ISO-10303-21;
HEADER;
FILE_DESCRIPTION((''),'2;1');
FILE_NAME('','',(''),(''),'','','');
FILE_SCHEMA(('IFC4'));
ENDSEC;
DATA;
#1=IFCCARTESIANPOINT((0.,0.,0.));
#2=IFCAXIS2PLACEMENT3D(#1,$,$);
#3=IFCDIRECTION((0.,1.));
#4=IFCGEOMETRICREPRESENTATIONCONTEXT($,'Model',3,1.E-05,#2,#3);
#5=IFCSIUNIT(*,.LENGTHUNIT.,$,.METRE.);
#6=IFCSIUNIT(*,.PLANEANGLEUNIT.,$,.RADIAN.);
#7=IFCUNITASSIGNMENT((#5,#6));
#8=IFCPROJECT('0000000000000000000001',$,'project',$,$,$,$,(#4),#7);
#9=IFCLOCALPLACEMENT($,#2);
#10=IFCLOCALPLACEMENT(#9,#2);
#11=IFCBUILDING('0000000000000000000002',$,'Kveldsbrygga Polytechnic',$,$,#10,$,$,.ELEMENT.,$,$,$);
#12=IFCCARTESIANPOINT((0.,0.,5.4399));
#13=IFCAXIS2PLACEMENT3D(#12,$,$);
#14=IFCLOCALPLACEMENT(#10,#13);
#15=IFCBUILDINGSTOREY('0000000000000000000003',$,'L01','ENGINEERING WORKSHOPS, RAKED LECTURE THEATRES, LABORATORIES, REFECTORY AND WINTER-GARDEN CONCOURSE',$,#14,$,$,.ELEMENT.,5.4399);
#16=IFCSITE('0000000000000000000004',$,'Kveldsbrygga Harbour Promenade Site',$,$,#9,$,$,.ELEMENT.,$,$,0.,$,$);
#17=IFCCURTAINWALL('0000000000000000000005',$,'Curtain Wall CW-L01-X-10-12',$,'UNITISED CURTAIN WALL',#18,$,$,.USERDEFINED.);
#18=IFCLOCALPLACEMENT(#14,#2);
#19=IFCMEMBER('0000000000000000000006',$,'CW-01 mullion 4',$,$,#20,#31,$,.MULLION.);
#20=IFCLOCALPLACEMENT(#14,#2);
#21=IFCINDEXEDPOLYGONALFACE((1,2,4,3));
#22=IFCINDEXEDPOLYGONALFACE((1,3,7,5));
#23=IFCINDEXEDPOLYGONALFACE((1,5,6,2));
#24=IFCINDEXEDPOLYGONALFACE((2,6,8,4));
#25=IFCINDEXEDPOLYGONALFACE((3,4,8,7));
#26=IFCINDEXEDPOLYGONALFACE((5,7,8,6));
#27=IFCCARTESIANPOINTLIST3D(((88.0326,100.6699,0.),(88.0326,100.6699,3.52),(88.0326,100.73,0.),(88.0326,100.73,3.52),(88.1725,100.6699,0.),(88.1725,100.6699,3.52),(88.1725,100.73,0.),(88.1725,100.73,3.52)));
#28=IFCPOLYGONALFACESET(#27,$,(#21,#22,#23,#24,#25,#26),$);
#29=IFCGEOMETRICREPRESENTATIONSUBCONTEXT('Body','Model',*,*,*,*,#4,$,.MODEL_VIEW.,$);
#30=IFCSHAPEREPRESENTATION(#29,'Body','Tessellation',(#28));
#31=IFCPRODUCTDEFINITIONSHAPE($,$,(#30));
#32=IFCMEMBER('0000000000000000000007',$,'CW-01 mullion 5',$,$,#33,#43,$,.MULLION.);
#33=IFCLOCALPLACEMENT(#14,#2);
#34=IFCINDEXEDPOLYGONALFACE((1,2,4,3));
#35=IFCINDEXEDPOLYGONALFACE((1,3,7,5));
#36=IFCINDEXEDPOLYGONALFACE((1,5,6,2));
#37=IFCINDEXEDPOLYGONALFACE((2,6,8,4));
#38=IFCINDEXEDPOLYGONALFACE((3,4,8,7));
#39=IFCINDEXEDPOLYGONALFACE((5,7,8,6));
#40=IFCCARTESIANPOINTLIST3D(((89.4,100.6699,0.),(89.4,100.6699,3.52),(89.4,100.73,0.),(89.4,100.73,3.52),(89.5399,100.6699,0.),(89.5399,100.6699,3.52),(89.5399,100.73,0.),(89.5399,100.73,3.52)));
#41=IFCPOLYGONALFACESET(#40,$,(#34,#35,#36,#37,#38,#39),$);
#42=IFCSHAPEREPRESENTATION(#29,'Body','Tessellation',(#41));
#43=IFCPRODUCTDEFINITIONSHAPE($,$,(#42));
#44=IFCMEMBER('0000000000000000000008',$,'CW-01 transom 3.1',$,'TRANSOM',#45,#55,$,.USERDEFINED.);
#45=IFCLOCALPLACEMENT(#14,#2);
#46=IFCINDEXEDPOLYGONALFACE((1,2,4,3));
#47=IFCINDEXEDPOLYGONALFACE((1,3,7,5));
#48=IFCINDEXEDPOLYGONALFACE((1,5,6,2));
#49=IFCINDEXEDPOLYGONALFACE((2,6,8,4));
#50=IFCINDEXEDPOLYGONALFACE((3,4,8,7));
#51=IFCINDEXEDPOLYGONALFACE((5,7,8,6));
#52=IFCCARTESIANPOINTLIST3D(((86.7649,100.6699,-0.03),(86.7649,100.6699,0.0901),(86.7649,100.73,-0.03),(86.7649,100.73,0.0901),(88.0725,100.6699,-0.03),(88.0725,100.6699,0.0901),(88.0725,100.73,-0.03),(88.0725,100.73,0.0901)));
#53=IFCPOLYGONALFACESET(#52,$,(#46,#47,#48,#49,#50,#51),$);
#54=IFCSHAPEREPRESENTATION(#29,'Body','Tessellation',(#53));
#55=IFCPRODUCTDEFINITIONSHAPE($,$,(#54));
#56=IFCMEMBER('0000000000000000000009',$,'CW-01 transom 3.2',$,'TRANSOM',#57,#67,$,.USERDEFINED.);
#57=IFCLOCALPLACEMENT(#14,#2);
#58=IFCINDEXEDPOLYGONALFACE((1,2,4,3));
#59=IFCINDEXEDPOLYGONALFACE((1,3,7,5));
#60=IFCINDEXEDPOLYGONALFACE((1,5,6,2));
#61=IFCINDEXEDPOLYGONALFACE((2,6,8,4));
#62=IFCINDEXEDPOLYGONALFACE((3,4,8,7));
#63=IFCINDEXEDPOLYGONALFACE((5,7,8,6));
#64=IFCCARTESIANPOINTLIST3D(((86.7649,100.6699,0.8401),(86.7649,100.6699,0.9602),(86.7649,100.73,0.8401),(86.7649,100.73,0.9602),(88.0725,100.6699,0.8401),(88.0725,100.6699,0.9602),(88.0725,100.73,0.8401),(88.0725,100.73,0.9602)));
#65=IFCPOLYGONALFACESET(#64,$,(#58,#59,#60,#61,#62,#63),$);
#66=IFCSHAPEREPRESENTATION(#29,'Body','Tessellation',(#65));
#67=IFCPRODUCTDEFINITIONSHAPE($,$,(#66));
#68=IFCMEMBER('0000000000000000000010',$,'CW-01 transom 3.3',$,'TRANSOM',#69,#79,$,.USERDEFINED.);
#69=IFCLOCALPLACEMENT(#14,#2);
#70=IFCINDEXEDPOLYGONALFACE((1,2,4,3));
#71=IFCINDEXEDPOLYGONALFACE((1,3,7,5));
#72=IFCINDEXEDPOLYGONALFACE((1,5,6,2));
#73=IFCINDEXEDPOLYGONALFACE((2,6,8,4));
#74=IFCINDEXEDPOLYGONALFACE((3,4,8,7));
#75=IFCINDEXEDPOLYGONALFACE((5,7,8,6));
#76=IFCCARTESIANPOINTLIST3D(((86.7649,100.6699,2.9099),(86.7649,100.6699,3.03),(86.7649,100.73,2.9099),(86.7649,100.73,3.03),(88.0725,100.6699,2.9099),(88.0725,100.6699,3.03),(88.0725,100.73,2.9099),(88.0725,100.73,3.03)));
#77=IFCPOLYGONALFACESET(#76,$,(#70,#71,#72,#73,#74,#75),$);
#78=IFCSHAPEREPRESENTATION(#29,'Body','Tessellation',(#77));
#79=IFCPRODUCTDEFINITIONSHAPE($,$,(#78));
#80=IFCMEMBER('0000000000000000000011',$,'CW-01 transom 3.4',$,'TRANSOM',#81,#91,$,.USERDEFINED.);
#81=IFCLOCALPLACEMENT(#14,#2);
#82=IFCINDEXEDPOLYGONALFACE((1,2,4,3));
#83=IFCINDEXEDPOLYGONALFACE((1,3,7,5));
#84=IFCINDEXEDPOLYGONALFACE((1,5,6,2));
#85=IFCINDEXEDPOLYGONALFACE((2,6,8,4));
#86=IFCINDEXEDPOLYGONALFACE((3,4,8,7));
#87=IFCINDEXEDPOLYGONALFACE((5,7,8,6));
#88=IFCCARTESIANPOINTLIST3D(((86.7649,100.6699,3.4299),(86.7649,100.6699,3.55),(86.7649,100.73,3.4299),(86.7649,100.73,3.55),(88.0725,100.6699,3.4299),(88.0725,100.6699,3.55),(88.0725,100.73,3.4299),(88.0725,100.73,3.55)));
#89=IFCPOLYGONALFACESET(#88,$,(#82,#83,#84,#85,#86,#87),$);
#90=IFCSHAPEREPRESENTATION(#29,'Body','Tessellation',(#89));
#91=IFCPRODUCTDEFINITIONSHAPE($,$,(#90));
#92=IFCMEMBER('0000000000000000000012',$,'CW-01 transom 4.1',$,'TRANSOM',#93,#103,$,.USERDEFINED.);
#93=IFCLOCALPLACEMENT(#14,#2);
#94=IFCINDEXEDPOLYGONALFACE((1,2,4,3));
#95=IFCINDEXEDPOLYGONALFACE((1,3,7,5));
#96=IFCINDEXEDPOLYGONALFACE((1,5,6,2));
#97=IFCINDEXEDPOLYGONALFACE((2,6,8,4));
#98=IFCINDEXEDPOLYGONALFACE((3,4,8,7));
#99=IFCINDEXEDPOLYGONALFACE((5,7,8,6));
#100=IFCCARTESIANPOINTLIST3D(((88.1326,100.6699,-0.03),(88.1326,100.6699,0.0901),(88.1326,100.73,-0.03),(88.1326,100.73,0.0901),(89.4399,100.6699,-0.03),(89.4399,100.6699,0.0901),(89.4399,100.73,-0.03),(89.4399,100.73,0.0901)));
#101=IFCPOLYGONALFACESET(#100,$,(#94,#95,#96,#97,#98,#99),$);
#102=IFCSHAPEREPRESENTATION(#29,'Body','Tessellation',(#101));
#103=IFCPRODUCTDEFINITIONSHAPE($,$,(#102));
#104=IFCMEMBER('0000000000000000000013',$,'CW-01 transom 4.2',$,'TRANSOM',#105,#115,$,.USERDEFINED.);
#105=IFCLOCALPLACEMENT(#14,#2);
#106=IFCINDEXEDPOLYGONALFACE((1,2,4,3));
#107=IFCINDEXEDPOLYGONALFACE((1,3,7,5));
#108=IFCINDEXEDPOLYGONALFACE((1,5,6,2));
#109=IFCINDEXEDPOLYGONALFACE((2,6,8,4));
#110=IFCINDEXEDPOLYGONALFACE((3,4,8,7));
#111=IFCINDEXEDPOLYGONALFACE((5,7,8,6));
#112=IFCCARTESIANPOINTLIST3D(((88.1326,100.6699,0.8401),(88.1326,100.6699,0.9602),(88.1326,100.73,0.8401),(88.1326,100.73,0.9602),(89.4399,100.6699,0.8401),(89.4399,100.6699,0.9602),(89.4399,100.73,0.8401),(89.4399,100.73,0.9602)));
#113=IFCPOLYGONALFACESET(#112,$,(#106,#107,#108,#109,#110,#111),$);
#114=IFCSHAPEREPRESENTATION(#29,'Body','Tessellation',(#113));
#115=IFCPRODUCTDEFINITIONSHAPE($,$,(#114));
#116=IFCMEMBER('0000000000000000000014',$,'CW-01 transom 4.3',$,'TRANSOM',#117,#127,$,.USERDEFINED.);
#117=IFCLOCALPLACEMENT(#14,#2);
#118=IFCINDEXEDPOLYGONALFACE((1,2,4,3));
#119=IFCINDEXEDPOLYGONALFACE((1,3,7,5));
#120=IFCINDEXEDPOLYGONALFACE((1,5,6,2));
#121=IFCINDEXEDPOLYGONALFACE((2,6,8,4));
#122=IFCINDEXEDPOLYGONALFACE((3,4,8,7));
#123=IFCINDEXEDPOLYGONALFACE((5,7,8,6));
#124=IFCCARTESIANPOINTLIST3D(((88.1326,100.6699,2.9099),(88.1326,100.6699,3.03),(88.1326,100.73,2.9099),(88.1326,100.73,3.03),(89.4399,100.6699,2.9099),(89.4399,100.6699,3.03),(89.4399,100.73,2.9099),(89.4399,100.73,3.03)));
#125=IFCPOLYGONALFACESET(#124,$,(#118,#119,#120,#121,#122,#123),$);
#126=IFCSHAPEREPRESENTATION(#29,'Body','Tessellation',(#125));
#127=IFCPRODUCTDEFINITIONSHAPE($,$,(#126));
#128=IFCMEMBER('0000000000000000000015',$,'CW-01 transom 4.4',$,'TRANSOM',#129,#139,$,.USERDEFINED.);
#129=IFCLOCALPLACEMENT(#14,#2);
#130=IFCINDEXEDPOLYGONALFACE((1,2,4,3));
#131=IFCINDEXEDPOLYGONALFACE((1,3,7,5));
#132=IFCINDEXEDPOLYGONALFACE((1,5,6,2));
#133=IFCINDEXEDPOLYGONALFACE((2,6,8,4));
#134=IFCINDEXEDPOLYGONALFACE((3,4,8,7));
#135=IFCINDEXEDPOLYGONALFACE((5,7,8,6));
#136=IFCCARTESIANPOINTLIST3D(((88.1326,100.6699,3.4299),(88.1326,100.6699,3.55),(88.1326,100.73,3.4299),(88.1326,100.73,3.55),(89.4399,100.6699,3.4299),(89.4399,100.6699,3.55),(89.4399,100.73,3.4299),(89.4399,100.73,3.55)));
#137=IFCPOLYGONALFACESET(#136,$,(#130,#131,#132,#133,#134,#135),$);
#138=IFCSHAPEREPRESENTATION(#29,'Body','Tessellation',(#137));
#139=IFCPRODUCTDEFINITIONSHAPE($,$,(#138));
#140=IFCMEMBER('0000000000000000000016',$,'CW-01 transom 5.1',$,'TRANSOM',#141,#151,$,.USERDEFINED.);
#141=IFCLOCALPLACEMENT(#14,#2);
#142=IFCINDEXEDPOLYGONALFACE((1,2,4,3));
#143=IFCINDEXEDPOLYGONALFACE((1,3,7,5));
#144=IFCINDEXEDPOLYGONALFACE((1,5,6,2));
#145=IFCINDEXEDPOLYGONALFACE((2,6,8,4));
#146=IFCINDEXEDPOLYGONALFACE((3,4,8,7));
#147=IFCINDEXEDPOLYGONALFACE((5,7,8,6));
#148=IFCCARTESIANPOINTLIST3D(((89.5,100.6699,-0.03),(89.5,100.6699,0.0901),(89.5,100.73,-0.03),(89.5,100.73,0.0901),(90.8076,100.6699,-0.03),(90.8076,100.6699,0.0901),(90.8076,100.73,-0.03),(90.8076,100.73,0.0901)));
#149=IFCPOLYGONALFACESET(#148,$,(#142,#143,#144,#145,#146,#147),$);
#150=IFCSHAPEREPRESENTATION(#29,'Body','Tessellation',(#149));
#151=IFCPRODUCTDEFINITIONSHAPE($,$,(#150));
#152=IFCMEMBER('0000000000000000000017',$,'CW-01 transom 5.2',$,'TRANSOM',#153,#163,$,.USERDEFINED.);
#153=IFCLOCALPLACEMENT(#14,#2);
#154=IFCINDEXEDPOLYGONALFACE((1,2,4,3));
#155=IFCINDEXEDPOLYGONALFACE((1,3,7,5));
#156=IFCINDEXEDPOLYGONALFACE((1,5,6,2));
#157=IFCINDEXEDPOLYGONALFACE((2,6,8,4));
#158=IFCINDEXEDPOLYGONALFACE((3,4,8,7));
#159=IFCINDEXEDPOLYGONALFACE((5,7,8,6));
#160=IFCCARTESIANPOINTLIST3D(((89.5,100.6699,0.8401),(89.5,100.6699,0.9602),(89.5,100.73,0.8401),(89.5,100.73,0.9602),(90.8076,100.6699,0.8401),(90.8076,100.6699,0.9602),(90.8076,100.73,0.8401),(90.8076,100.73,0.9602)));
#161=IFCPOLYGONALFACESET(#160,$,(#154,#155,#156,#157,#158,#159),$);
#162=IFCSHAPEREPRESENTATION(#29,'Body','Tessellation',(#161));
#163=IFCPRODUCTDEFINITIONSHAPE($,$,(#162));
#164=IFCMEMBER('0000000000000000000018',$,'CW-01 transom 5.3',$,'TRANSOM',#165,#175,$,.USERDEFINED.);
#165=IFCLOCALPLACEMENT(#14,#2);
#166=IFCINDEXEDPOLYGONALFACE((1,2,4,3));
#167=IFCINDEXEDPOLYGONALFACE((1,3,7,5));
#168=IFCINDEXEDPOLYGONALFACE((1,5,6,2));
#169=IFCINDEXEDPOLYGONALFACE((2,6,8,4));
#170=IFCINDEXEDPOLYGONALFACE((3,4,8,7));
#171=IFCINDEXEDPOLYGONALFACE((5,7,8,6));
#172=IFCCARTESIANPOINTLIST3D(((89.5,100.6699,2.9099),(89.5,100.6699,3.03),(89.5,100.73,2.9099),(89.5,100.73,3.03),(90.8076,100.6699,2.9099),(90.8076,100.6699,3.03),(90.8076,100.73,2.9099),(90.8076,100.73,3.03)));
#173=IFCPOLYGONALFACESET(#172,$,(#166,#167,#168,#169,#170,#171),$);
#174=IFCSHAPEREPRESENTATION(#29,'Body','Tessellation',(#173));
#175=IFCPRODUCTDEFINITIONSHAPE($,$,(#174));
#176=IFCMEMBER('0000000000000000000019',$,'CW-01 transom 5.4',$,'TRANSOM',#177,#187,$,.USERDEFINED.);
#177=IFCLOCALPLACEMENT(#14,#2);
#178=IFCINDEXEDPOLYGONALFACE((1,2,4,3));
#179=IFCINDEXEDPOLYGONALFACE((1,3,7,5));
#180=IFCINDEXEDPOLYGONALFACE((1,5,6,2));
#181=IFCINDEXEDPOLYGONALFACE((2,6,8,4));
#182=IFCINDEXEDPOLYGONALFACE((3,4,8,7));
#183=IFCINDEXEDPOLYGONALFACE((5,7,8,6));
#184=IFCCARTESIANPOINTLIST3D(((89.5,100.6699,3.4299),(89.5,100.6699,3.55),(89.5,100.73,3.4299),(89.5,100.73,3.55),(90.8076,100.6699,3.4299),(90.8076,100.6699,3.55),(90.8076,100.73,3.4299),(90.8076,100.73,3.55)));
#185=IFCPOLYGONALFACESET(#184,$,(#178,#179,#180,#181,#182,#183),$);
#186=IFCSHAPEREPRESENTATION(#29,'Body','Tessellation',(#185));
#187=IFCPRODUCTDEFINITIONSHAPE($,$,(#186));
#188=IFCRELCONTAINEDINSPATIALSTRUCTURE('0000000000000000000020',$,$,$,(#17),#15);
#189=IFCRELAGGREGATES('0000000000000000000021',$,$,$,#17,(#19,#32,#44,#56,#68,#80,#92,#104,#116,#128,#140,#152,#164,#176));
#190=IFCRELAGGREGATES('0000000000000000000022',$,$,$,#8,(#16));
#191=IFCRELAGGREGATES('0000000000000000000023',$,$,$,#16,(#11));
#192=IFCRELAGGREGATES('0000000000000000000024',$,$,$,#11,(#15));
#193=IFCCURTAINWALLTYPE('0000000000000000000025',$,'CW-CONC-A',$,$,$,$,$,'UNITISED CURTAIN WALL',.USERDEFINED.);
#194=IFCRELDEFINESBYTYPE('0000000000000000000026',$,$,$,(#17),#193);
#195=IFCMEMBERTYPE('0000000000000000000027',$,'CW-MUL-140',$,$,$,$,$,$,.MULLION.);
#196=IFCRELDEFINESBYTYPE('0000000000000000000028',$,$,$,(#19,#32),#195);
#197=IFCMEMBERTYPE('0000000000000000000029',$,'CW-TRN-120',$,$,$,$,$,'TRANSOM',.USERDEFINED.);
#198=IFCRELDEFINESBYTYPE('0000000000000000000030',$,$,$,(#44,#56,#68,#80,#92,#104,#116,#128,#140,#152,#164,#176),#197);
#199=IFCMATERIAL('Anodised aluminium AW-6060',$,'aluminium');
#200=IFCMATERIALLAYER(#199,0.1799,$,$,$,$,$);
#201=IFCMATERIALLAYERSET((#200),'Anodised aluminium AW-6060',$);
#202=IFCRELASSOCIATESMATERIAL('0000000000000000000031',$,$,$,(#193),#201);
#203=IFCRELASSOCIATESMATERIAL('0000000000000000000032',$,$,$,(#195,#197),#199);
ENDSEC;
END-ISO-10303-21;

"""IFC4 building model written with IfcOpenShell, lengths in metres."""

from ifc_helpers import new_model, si_unit, direction, frame, origin, origin_2d, place, context, subcontext, project, spatial, rectangle, extrude, material, layer, layer_set, material_profile, profile_set, type_object, element, aggregate, save


model = new_model("IFC4")

# Units and contexts
model_context = context("Model", 3, precision=1e-05, world=origin(), true_north=direction((0.0, 1.0)))
body_context = subcontext(model_context, "Body", "Model", "MODEL_VIEW")
ifc_project = project(units=[si_unit("LENGTHUNIT", "METRE"), si_unit("PLANEANGLEUNIT", "RADIAN")], contexts=[model_context])

# Site, building, storey
site_placement = place(None, origin())
site = spatial("IfcSite", under=ifc_project, at=site_placement, Name="Kveldsbrygga Harbour Promenade Site", CompositionType="ELEMENT", RefElevation=0.0)
building_placement = place(site_placement, origin())
building = spatial("IfcBuilding", under=site, at=building_placement, Name="Kveldsbrygga Polytechnic", CompositionType="ELEMENT")
storey_placement = place(building_placement, frame((0.0, 0.0, 5.4399)))
storey = spatial("IfcBuildingStorey", under=building, at=storey_placement, Name="L01", Description="ENGINEERING WORKSHOPS, RAKED LECTURE THEATRES, LABORATORIES, REFECTORY AND WINTER-GARDEN CONCOURSE", CompositionType="ELEMENT", Elevation=5.4399)

# Curtain wall, members
ifc_material_1 = material(Name="Anodised aluminium AW-6060", Category="aluminium")
ifc_layer_1 = layer(ifc_material_1, 0.1799)
ifc_layer_set_1 = layer_set([ifc_layer_1], Name="Anodised aluminium AW-6060")
curtain_wall_type = type_object("IfcCurtainWallType", Name="CW-CONC-A", ElementType="UNITISED CURTAIN WALL", PredefinedType="USERDEFINED", material=ifc_layer_set_1)
curtain_wall_placement = place(storey_placement, origin())
curtain_wall = element("IfcCurtainWall", 1, at=curtain_wall_placement, inside=storey, type_object=curtain_wall_type, Name="Curtain Wall CW-L01-X-10-12", ObjectType="UNITISED CURTAIN WALL", PredefinedType="USERDEFINED")
ifc_material_profile_1 = material_profile(ifc_material_1, rectangle(XDim=0.0601, YDim=0.1399, at=origin_2d()), Name="ALU 60x140")
ifc_profile_set_1 = profile_set([ifc_material_profile_1], Name="Anodised aluminium AW-6060")
member_type_1 = type_object("IfcMemberType", Name="CW-MUL-140", PredefinedType="MULLION", material=ifc_profile_set_1)
member_1_placement = place(storey_placement, frame((88.1025, 100.7, 0.0), z_axis=(0.0, 0.0, 1.0), x_axis=(0.0, 1.0, 0.0)))
member_1 = element("IfcMember", 2, at=member_1_placement, type_object=member_type_1, Name="CW-01 mullion 4", PredefinedType="MULLION", context=body_context, shape_type="SweptSolid", body=[
    extrude(rectangle(XDim=0.0601, YDim=0.1399, at=origin_2d()), origin(), (0.0, 0.0, 1.0), 3.52),
])
member_2_placement = place(storey_placement, frame((89.47, 100.7, 0.0), z_axis=(0.0, 0.0, 1.0), x_axis=(0.0, 1.0, 0.0)))
member_2 = element("IfcMember", 3, at=member_2_placement, type_object=member_type_1, Name="CW-01 mullion 5", PredefinedType="MULLION", context=body_context, shape_type="SweptSolid", body=[
    extrude(rectangle(XDim=0.0601, YDim=0.1399, at=origin_2d()), origin(), (0.0, 0.0, 1.0), 3.52),
])
ifc_material_profile_2 = material_profile(ifc_material_1, rectangle(XDim=0.0601, YDim=0.1201, at=origin_2d()), Name="ALU 60x120")
ifc_profile_set_2 = profile_set([ifc_material_profile_2], Name="Anodised aluminium AW-6060")
member_type_2 = type_object("IfcMemberType", Name="CW-TRN-120", ElementType="TRANSOM", PredefinedType="USERDEFINED", material=ifc_profile_set_2)
member_3_placement = place(storey_placement, frame((86.7649, 100.7, 0.03), z_axis=(1.0, 0.0, 0.0), x_axis=(0.0, 1.0, 0.0)))
member_3 = element("IfcMember", 4, at=member_3_placement, type_object=member_type_2, Name="CW-01 transom 3.1", ObjectType="TRANSOM", PredefinedType="USERDEFINED", context=body_context, shape_type="SweptSolid", body=[
    extrude(rectangle(XDim=0.0601, YDim=0.1201, at=origin_2d()), origin(), (0.0, 0.0, 1.0), 1.3076),
])
member_4_placement = place(storey_placement, frame((86.7649, 100.7, 0.9001), z_axis=(1.0, 0.0, 0.0), x_axis=(0.0, 1.0, 0.0)))
member_4 = element("IfcMember", 5, at=member_4_placement, type_object=member_type_2, Name="CW-01 transom 3.2", ObjectType="TRANSOM", PredefinedType="USERDEFINED", context=body_context, shape_type="SweptSolid", body=[
    extrude(rectangle(XDim=0.0601, YDim=0.1201, at=origin_2d()), origin(), (0.0, 0.0, 1.0), 1.3076),
])
member_5_placement = place(storey_placement, frame((86.7649, 100.7, 2.97), z_axis=(1.0, 0.0, 0.0), x_axis=(0.0, 1.0, 0.0)))
member_5 = element("IfcMember", 6, at=member_5_placement, type_object=member_type_2, Name="CW-01 transom 3.3", ObjectType="TRANSOM", PredefinedType="USERDEFINED", context=body_context, shape_type="SweptSolid", body=[
    extrude(rectangle(XDim=0.0601, YDim=0.1201, at=origin_2d()), origin(), (0.0, 0.0, 1.0), 1.3076),
])
member_6_placement = place(storey_placement, frame((86.7649, 100.7, 3.49), z_axis=(1.0, 0.0, 0.0), x_axis=(0.0, 1.0, 0.0)))
member_6 = element("IfcMember", 7, at=member_6_placement, type_object=member_type_2, Name="CW-01 transom 3.4", ObjectType="TRANSOM", PredefinedType="USERDEFINED", context=body_context, shape_type="SweptSolid", body=[
    extrude(rectangle(XDim=0.0601, YDim=0.1201, at=origin_2d()), origin(), (0.0, 0.0, 1.0), 1.3076),
])
member_7_placement = place(storey_placement, frame((88.1326, 100.7, 0.03), z_axis=(1.0, 0.0, 0.0), x_axis=(0.0, 1.0, 0.0)))
member_7 = element("IfcMember", 8, at=member_7_placement, type_object=member_type_2, Name="CW-01 transom 4.1", ObjectType="TRANSOM", PredefinedType="USERDEFINED", context=body_context, shape_type="SweptSolid", body=[
    extrude(rectangle(XDim=0.0601, YDim=0.1201, at=origin_2d()), origin(), (0.0, 0.0, 1.0), 1.3074),
])
member_8_placement = place(storey_placement, frame((88.1326, 100.7, 0.9001), z_axis=(1.0, 0.0, 0.0), x_axis=(0.0, 1.0, 0.0)))
member_8 = element("IfcMember", 9, at=member_8_placement, type_object=member_type_2, Name="CW-01 transom 4.2", ObjectType="TRANSOM", PredefinedType="USERDEFINED", context=body_context, shape_type="SweptSolid", body=[
    extrude(rectangle(XDim=0.0601, YDim=0.1201, at=origin_2d()), origin(), (0.0, 0.0, 1.0), 1.3074),
])
member_9_placement = place(storey_placement, frame((88.1326, 100.7, 2.97), z_axis=(1.0, 0.0, 0.0), x_axis=(0.0, 1.0, 0.0)))
member_9 = element("IfcMember", 10, at=member_9_placement, type_object=member_type_2, Name="CW-01 transom 4.3", ObjectType="TRANSOM", PredefinedType="USERDEFINED", context=body_context, shape_type="SweptSolid", body=[
    extrude(rectangle(XDim=0.0601, YDim=0.1201, at=origin_2d()), origin(), (0.0, 0.0, 1.0), 1.3074),
])
member_10_placement = place(storey_placement, frame((88.1326, 100.7, 3.49), z_axis=(1.0, 0.0, 0.0), x_axis=(0.0, 1.0, 0.0)))
member_10 = element("IfcMember", 11, at=member_10_placement, type_object=member_type_2, Name="CW-01 transom 4.4", ObjectType="TRANSOM", PredefinedType="USERDEFINED", context=body_context, shape_type="SweptSolid", body=[
    extrude(rectangle(XDim=0.0601, YDim=0.1201, at=origin_2d()), origin(), (0.0, 0.0, 1.0), 1.3074),
])
member_11_placement = place(storey_placement, frame((89.5, 100.7, 0.03), z_axis=(1.0, 0.0, 0.0), x_axis=(0.0, 1.0, 0.0)))
member_11 = element("IfcMember", 12, at=member_11_placement, type_object=member_type_2, Name="CW-01 transom 5.1", ObjectType="TRANSOM", PredefinedType="USERDEFINED", context=body_context, shape_type="SweptSolid", body=[
    extrude(rectangle(XDim=0.0601, YDim=0.1201, at=origin_2d()), origin(), (0.0, 0.0, 1.0), 1.3076),
])
member_12_placement = place(storey_placement, frame((89.5, 100.7, 0.9001), z_axis=(1.0, 0.0, 0.0), x_axis=(0.0, 1.0, 0.0)))
member_12 = element("IfcMember", 13, at=member_12_placement, type_object=member_type_2, Name="CW-01 transom 5.2", ObjectType="TRANSOM", PredefinedType="USERDEFINED", context=body_context, shape_type="SweptSolid", body=[
    extrude(rectangle(XDim=0.0601, YDim=0.1201, at=origin_2d()), origin(), (0.0, 0.0, 1.0), 1.3076),
])
member_13_placement = place(storey_placement, frame((89.5, 100.7, 2.97), z_axis=(1.0, 0.0, 0.0), x_axis=(0.0, 1.0, 0.0)))
member_13 = element("IfcMember", 14, at=member_13_placement, type_object=member_type_2, Name="CW-01 transom 5.3", ObjectType="TRANSOM", PredefinedType="USERDEFINED", context=body_context, shape_type="SweptSolid", body=[
    extrude(rectangle(XDim=0.0601, YDim=0.1201, at=origin_2d()), origin(), (0.0, 0.0, 1.0), 1.3076),
])
member_14_placement = place(storey_placement, frame((89.5, 100.7, 3.49), z_axis=(1.0, 0.0, 0.0), x_axis=(0.0, 1.0, 0.0)))
member_14 = element("IfcMember", 15, at=member_14_placement, type_object=member_type_2, Name="CW-01 transom 5.4", ObjectType="TRANSOM", PredefinedType="USERDEFINED", context=body_context, shape_type="SweptSolid", body=[
    extrude(rectangle(XDim=0.0601, YDim=0.1201, at=origin_2d()), origin(), (0.0, 0.0, 1.0), 1.3076),
])
aggregate(curtain_wall, [member_1, member_2, member_3, member_4, member_5, member_6, member_7, member_8, member_9, member_10, member_11, member_12, member_13, member_14])

save(model, "model.ifc")
